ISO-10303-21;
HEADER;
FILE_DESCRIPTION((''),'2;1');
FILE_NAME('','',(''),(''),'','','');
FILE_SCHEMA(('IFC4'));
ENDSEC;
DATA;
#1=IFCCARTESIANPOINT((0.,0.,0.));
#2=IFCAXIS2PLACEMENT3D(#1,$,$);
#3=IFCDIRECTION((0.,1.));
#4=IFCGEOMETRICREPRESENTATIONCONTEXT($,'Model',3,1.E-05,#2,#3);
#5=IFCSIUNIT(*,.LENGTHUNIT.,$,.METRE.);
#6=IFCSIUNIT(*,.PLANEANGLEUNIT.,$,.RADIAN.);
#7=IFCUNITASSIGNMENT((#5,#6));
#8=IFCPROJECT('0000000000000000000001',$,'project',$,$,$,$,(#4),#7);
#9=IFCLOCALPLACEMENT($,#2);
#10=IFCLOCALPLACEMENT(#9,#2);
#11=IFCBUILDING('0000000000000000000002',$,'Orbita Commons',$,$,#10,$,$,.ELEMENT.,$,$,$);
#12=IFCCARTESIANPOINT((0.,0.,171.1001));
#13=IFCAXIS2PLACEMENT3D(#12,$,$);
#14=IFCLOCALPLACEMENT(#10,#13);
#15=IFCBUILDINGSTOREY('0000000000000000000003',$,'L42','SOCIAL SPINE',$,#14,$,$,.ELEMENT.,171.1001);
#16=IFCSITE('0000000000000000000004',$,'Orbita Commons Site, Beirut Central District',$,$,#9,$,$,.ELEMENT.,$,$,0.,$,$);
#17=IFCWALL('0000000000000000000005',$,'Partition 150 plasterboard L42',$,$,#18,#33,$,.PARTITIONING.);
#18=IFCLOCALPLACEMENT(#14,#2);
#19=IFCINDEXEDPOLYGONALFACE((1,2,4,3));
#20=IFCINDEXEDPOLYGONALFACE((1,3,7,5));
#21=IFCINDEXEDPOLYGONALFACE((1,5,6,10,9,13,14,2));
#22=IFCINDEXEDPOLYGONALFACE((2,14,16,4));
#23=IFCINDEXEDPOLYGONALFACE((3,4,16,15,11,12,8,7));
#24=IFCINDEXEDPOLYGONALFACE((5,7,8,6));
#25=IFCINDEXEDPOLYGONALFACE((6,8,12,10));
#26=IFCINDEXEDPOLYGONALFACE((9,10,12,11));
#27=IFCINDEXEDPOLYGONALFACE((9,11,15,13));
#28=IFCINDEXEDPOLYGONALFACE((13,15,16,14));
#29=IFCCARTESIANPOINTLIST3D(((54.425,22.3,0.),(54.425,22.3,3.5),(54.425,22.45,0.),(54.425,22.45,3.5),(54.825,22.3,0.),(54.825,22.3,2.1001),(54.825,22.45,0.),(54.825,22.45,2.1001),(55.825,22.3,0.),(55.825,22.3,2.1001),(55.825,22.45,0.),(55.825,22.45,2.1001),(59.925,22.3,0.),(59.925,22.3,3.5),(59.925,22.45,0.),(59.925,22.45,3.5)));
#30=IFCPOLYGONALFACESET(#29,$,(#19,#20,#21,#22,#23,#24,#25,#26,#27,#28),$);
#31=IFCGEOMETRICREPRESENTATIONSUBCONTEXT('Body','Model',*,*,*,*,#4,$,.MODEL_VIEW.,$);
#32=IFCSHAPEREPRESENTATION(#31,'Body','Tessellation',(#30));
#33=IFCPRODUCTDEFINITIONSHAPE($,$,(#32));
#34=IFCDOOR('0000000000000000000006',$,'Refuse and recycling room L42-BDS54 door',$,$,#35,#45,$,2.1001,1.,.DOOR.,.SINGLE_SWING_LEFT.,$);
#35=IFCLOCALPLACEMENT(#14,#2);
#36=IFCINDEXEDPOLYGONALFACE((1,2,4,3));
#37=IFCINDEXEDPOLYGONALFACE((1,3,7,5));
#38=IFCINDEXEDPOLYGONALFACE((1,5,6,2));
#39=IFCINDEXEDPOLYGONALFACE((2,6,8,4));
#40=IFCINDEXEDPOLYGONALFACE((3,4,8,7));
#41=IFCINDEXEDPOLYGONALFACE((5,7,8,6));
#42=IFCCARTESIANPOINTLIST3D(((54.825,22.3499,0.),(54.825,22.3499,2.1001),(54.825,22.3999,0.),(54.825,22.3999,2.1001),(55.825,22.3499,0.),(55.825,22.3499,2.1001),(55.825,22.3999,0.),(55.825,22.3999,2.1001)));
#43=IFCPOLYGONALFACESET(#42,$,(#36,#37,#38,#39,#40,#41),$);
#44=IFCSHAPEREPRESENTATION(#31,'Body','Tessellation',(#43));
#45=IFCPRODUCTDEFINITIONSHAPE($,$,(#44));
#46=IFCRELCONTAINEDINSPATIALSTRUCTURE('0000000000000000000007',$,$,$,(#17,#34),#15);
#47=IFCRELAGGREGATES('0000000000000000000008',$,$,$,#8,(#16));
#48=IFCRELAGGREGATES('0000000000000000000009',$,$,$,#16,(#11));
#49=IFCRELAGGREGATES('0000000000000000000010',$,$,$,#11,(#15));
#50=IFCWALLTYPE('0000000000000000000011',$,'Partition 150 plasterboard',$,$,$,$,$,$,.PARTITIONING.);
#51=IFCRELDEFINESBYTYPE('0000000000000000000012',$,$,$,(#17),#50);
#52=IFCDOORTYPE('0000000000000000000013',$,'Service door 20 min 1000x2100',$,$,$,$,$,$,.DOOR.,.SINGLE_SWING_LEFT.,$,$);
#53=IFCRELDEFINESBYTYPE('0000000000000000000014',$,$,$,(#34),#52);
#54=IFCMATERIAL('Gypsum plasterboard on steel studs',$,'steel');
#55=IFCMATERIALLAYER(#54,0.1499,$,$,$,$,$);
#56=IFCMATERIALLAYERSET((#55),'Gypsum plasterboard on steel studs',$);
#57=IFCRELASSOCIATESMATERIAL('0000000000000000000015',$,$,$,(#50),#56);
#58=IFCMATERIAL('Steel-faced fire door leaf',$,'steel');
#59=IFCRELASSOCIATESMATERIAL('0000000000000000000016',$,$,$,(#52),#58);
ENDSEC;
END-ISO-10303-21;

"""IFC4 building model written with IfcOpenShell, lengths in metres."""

from ifc_helpers import new_model, si_unit, direction, frame, frame_2d, origin, place, context, subcontext, project, spatial, rectangle, extrude, material, layer, layer_set, type_object, element, fill, save


model = new_model("IFC4")

# Units and contexts
model_context = context("Model", 3, precision=1e-05, world=origin(), true_north=direction((0.0, 1.0)))
body_context = subcontext(model_context, "Body", "Model", "MODEL_VIEW")
ifc_project = project(units=[si_unit("LENGTHUNIT", "METRE"), si_unit("PLANEANGLEUNIT", "RADIAN")], contexts=[model_context])

# Site, building, storey
site_placement = place(None, origin())
site = spatial("IfcSite", under=ifc_project, at=site_placement, Name="Orbita Commons Site, Beirut Central District", CompositionType="ELEMENT", RefElevation=0.0)
building_placement = place(site_placement, origin())
building = spatial("IfcBuilding", under=site, at=building_placement, Name="Orbita Commons", CompositionType="ELEMENT")
storey_placement = place(building_placement, frame((0.0, 0.0, 171.1001)))
storey = spatial("IfcBuildingStorey", under=building, at=storey_placement, Name="L42", Description="SOCIAL SPINE", CompositionType="ELEMENT", Elevation=171.1001)

# Wall, opening, door
ifc_material_1 = material(Name="Gypsum plasterboard on steel studs", Category="steel")
ifc_layer_1 = layer(ifc_material_1, 0.1499)
ifc_layer_set_1 = layer_set([ifc_layer_1], Name="Gypsum plasterboard on steel studs")
wall_type_1 = type_object("IfcWallType", Name="Partition 150 plasterboard", PredefinedType="PARTITIONING", material=ifc_layer_set_1)
wall_1_placement = place(storey_placement, frame((54.425, 22.375, 0.0), z_axis=(0.0, 0.0, 1.0), x_axis=(1.0, 0.0, 0.0)))
wall_1 = element("IfcWall", 1, at=wall_1_placement, inside=storey, type_object=wall_type_1, Name="Partition 150 plasterboard L42", PredefinedType="PARTITIONING", context=body_context, shape_type="SweptSolid", body=[
    extrude(rectangle(XDim=5.5, YDim=0.1499, at=frame_2d((2.75, 0.0))), origin(), (0.0, 0.0, 1.0), 3.5),
])
opening_1_placement = place(wall_1_placement, frame((0.3999, 0.0, 0.0)))
opening_1 = element("IfcOpeningElement", 2, at=opening_1_placement, cuts=wall_1, PredefinedType="OPENING", context=body_context, shape_type="SweptSolid", body=[
    extrude(rectangle(XDim=1.0, YDim=2.1001, at=frame_2d((0.5, 1.05))), frame((0.0, 0.085, 0.0), z_axis=(0.0, -1.0, 0.0), x_axis=(1.0, 0.0, 0.0)), (0.0, 0.0, 1.0), 0.1699),
])
ifc_material_2 = material(Name="Steel-faced fire door leaf", Category="steel")
door_type_1 = type_object("IfcDoorType", Name="Service door 20 min 1000x2100", OperationType="SINGLE_SWING_LEFT", PredefinedType="DOOR", material=ifc_material_2)
door_1_placement = place(opening_1_placement, origin())
door_1 = element("IfcDoor", 3, at=door_1_placement, inside=storey, type_object=door_type_1, Name="Refuse and recycling room L42-BDS54 door", OperationType="SINGLE_SWING_LEFT", OverallHeight=2.1001, OverallWidth=1.0, PredefinedType="DOOR", context=body_context, shape_type="SweptSolid", body=[
    extrude(rectangle(XDim=1.0, YDim=2.1001, at=frame_2d((0.5, 1.05))), frame((0.0, 0.0249, 0.0), z_axis=(0.0, -1.0, 0.0), x_axis=(1.0, 0.0, 0.0)), (0.0, 0.0, 1.0), 0.05),
])
fill(opening_1, door_1)

save(model, "model.ifc")
